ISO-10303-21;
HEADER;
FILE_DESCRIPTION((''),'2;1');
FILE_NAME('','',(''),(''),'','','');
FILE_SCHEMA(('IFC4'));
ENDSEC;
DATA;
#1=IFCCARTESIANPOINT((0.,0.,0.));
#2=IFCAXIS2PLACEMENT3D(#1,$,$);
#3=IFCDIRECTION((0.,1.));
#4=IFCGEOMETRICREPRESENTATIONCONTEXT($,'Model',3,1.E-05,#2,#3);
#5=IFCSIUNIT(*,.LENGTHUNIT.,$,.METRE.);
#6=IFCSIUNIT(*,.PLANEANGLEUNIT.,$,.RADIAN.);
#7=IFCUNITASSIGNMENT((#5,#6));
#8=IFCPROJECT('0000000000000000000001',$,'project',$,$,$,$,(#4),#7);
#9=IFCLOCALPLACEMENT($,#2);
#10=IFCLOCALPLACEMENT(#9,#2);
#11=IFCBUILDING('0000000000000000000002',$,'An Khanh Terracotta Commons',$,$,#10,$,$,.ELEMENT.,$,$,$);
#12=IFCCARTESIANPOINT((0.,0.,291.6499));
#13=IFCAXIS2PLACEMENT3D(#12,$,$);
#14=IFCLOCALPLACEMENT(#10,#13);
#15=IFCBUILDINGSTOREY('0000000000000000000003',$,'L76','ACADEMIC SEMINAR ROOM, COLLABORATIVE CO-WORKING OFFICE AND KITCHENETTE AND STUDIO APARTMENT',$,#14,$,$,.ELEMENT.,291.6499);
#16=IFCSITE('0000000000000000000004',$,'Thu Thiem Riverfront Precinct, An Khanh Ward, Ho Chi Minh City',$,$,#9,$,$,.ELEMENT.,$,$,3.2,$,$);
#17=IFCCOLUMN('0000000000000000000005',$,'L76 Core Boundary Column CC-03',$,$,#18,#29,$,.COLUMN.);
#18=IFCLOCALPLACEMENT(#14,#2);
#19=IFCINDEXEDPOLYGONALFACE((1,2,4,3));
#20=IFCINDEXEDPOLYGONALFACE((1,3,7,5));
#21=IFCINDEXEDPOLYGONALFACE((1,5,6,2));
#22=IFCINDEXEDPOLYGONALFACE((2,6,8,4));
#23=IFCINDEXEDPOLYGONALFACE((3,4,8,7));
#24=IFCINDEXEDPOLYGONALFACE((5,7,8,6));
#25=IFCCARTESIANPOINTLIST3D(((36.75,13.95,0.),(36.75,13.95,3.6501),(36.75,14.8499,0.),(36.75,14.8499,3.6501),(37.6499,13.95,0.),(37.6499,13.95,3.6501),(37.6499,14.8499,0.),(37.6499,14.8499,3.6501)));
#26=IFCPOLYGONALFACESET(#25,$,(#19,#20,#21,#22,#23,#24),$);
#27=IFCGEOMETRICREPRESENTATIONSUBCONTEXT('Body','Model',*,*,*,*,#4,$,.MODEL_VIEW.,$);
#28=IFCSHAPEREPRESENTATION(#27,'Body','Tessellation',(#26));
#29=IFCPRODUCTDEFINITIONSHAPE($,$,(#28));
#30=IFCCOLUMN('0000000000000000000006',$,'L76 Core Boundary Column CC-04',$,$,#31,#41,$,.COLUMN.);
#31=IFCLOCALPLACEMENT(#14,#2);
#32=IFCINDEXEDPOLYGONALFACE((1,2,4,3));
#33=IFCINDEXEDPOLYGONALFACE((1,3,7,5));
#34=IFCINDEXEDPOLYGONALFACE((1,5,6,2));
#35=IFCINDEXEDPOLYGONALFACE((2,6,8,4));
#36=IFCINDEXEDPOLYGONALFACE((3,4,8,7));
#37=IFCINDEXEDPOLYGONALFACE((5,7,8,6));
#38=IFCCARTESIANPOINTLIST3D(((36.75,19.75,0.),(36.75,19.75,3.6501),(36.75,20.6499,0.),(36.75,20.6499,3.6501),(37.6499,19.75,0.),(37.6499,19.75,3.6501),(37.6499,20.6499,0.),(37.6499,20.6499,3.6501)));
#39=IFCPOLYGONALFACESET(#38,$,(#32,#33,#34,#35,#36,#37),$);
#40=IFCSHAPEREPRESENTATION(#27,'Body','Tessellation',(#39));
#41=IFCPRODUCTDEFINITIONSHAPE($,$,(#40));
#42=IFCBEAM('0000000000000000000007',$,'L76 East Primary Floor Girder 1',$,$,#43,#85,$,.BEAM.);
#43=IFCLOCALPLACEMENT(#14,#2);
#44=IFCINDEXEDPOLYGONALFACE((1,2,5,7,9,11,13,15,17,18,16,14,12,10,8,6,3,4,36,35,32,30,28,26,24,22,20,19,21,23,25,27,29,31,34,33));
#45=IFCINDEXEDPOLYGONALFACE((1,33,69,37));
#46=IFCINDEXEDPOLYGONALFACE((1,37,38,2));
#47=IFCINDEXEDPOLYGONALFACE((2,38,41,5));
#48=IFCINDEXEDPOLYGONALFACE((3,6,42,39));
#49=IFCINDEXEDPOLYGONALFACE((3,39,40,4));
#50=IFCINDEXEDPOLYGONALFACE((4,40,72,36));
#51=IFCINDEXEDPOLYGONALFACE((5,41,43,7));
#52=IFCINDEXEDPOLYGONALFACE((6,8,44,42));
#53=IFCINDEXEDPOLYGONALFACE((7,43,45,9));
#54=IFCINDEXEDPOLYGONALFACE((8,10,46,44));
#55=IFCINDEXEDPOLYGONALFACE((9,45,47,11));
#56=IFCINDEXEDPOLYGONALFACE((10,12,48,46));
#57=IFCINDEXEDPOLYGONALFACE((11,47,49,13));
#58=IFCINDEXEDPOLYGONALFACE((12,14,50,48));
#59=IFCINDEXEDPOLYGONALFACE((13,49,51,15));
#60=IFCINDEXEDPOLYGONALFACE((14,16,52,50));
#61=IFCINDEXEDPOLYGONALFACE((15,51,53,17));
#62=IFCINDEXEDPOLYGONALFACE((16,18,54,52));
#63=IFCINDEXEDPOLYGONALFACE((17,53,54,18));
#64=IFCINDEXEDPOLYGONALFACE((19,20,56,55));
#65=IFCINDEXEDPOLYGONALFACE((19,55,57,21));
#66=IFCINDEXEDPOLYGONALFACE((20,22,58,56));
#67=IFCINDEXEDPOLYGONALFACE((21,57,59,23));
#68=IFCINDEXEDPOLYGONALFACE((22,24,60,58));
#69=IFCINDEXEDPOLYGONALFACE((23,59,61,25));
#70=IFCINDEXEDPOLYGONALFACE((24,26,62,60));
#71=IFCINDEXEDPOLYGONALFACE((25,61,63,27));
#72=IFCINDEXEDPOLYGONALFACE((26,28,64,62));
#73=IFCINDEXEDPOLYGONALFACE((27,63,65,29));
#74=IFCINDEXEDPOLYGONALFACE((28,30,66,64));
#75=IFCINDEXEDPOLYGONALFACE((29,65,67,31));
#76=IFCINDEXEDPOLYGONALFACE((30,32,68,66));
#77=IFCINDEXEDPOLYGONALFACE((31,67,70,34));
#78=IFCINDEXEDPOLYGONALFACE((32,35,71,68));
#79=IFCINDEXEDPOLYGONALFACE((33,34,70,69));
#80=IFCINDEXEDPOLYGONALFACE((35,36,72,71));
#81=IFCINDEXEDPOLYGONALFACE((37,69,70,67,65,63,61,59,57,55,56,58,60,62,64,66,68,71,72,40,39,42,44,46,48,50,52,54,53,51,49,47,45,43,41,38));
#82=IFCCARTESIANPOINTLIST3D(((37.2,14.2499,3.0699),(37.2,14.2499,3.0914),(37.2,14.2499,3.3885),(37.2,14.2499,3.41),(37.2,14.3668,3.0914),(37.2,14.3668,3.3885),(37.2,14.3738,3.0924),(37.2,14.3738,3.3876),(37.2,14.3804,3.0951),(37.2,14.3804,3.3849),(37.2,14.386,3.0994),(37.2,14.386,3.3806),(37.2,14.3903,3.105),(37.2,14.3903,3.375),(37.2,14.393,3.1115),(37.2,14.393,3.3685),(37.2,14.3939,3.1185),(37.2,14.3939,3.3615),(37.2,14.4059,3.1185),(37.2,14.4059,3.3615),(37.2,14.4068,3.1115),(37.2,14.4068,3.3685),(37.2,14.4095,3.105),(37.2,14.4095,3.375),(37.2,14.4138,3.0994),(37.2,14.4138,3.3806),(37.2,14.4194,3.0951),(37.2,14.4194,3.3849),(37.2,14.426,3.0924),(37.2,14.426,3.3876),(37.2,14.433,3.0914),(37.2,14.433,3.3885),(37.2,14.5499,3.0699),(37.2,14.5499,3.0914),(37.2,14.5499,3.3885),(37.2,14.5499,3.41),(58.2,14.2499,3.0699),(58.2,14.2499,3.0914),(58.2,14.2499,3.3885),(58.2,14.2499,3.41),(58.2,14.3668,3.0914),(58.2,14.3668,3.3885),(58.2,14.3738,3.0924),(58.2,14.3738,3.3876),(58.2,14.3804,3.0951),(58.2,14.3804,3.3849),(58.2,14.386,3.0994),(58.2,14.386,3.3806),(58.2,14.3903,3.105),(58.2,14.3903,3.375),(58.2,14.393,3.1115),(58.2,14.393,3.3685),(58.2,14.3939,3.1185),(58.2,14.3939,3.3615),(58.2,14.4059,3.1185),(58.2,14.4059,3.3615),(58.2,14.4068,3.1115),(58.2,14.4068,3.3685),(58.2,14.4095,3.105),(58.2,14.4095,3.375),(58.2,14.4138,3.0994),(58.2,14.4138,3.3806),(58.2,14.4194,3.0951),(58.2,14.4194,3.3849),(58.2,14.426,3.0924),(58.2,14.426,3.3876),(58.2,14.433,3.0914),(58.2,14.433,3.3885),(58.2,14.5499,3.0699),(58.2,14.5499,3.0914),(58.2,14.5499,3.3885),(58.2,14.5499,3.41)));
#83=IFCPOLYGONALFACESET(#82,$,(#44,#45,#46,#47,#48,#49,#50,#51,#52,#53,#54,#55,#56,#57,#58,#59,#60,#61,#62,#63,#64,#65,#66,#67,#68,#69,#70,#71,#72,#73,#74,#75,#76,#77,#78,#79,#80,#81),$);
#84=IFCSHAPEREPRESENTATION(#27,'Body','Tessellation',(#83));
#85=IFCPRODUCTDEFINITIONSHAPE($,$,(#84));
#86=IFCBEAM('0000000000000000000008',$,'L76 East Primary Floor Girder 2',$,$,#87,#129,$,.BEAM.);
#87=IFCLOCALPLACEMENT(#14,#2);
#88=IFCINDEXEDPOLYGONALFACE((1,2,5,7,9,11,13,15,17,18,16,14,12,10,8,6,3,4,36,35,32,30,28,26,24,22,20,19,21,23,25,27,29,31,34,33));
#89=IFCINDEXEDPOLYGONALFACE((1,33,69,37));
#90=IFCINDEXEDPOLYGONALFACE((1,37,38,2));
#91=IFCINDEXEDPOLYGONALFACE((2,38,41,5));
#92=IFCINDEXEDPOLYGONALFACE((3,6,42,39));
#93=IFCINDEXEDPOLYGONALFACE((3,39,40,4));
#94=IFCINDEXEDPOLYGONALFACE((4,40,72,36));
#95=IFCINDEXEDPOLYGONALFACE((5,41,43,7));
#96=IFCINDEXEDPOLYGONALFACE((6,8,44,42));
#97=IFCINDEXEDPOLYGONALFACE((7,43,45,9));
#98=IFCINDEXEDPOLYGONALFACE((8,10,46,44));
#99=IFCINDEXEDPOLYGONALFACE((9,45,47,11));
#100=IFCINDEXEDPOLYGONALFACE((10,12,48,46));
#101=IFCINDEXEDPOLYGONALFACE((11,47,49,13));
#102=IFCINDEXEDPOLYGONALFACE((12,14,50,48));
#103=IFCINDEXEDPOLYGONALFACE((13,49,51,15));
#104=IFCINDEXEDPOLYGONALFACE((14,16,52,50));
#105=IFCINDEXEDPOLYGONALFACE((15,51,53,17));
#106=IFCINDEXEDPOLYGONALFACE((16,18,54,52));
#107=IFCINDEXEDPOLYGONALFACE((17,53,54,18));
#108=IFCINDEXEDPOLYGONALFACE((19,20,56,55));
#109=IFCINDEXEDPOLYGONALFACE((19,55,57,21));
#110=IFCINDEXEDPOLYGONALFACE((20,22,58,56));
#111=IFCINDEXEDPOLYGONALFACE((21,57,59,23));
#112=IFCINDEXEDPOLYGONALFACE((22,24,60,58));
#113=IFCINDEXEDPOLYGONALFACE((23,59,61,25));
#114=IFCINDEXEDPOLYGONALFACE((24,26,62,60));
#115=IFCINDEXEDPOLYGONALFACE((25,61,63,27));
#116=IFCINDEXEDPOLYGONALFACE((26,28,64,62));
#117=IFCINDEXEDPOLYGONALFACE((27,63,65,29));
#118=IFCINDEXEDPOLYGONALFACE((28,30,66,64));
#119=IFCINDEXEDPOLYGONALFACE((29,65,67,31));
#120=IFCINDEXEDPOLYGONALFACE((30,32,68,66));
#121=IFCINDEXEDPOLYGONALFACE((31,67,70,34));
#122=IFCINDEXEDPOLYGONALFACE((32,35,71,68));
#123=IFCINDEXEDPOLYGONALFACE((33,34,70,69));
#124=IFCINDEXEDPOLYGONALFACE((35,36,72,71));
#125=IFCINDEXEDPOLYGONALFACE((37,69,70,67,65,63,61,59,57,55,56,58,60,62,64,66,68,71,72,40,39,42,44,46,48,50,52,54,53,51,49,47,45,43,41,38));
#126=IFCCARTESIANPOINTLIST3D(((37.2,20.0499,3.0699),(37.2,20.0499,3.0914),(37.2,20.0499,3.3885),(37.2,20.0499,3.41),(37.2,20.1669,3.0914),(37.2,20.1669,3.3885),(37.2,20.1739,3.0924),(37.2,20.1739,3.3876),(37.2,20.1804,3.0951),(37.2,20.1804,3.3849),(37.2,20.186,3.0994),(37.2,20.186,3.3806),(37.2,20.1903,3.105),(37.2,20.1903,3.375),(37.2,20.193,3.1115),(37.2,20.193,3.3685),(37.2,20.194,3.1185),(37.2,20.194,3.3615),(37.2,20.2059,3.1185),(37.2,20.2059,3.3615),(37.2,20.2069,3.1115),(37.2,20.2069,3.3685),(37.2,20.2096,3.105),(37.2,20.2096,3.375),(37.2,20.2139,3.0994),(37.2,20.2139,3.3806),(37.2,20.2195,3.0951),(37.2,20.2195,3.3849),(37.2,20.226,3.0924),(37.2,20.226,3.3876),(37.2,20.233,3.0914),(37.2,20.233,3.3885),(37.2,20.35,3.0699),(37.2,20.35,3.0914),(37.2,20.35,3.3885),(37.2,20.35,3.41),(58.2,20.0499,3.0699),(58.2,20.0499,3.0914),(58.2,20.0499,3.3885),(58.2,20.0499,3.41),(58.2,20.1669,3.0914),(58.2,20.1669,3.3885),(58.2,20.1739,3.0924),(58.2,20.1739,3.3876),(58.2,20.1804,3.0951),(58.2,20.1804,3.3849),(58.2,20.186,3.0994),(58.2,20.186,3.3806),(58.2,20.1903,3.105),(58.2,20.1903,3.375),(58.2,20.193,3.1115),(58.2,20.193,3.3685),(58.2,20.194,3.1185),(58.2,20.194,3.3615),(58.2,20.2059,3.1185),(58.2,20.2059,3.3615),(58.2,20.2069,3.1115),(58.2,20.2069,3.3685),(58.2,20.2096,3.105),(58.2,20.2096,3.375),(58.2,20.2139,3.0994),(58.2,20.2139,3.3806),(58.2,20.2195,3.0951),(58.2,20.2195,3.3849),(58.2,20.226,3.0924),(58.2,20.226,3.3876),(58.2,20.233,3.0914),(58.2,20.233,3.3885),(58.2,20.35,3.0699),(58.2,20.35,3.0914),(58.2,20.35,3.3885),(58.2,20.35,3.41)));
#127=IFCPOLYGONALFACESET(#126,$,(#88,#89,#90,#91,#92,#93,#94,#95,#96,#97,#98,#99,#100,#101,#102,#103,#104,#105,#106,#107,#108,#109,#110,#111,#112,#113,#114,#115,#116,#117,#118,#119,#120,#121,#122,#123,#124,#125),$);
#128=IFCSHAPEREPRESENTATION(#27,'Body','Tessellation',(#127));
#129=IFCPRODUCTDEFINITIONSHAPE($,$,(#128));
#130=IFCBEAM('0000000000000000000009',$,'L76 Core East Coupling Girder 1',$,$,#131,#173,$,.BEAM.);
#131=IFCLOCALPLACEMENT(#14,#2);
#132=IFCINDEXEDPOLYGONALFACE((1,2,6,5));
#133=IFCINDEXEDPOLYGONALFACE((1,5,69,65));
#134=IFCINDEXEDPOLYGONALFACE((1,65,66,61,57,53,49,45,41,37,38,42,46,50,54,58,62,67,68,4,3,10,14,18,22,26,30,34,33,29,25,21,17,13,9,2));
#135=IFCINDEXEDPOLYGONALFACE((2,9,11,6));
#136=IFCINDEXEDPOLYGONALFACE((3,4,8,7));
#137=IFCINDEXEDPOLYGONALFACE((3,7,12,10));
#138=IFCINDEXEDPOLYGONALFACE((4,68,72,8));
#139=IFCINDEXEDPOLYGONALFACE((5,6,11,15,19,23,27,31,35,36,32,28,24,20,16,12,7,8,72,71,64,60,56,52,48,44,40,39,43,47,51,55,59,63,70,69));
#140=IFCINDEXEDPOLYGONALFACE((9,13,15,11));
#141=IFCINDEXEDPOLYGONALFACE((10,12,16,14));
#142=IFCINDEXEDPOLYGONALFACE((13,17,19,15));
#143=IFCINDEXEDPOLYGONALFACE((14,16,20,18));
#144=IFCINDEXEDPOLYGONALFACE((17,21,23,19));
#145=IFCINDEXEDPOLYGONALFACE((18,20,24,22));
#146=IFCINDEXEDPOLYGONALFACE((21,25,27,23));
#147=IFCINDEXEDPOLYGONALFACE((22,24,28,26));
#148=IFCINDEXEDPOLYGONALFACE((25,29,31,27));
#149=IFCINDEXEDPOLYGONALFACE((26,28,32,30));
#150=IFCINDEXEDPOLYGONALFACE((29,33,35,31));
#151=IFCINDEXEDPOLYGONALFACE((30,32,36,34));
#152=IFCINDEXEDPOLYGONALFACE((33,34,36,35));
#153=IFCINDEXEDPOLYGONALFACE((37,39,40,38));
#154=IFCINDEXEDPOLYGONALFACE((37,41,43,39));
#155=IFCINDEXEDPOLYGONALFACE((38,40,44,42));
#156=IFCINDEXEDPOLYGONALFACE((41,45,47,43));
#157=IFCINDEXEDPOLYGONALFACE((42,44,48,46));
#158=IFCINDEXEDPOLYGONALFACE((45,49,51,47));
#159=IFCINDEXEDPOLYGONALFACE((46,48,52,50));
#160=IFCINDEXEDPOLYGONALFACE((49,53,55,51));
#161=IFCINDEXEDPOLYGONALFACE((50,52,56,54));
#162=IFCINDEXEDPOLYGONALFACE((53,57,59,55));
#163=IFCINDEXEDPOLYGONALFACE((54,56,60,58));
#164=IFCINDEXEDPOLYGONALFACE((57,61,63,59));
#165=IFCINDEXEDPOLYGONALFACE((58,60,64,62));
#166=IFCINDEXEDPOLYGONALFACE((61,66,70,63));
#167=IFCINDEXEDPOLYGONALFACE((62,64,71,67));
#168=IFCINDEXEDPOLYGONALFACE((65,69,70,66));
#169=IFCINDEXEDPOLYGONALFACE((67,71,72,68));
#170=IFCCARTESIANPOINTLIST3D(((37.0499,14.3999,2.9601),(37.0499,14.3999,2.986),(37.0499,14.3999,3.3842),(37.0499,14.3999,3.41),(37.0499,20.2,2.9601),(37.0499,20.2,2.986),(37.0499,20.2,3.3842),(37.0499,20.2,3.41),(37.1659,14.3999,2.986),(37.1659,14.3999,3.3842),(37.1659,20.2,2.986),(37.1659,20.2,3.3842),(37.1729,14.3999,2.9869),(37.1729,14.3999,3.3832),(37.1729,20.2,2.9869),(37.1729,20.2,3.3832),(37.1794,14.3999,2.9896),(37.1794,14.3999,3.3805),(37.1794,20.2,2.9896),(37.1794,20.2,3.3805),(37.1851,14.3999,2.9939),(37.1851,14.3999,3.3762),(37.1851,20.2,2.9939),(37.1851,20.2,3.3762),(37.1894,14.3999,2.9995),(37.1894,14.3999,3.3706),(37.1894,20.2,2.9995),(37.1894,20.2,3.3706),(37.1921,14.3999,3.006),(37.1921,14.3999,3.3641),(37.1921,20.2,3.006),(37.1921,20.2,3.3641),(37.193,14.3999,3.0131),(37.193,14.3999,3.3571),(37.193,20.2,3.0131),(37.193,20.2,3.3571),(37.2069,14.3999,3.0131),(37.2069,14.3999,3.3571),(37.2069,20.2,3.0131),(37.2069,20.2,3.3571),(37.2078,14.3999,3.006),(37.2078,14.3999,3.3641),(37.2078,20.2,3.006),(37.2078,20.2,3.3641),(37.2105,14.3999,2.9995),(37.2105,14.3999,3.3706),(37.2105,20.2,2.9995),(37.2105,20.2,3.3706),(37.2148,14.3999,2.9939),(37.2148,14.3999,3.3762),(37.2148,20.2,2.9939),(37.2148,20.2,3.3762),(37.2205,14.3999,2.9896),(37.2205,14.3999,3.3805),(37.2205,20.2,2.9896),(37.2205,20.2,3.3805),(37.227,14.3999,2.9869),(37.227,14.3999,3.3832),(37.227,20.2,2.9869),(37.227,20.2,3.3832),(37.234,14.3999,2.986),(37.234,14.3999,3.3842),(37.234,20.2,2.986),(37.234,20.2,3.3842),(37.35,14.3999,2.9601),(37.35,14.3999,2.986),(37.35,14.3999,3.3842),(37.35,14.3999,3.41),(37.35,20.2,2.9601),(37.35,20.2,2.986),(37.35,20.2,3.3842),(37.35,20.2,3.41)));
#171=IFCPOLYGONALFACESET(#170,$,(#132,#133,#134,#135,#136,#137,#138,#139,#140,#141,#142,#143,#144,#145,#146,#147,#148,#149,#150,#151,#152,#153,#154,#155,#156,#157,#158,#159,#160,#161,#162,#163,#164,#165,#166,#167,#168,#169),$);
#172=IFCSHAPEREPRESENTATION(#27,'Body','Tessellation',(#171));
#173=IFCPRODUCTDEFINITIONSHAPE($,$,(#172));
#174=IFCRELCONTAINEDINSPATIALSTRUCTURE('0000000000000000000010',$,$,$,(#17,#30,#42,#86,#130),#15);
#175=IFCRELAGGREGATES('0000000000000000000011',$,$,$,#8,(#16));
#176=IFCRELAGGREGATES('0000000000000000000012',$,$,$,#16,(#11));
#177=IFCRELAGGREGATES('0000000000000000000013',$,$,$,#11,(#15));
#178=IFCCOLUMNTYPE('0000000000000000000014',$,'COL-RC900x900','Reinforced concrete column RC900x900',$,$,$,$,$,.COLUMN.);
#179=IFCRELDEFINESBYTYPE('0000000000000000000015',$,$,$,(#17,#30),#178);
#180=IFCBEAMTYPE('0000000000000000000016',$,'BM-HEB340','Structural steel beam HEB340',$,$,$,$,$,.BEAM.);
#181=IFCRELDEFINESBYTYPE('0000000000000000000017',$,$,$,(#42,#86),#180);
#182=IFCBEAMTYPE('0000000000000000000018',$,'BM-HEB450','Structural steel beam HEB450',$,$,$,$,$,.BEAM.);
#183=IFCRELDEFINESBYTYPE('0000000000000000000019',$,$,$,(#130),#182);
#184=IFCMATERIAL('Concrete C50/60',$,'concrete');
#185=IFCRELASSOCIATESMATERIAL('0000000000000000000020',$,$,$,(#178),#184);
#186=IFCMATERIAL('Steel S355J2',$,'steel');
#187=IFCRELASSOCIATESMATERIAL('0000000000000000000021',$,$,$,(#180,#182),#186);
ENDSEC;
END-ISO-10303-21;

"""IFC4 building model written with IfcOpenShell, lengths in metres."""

from ifc_helpers import new_model, si_unit, direction, frame, origin, origin_2d, place, context, subcontext, project, spatial, rectangle, i_section, extrude, material, material_profile, profile_set, type_object, element, save


model = new_model("IFC4")

# Units and contexts
model_context = context("Model", 3, precision=1e-05, world=origin(), true_north=direction((0.0, 1.0)))
body_context = subcontext(model_context, "Body", "Model", "MODEL_VIEW")
ifc_project = project(units=[si_unit("LENGTHUNIT", "METRE"), si_unit("PLANEANGLEUNIT", "RADIAN")], contexts=[model_context])

# Site, building, storey
site_placement = place(None, origin())
site = spatial("IfcSite", under=ifc_project, at=site_placement, Name="Thu Thiem Riverfront Precinct, An Khanh Ward, Ho Chi Minh City", CompositionType="ELEMENT", RefElevation=3.2)
building_placement = place(site_placement, origin())
building = spatial("IfcBuilding", under=site, at=building_placement, Name="An Khanh Terracotta Commons", CompositionType="ELEMENT")
storey_placement = place(building_placement, frame((0.0, 0.0, 291.6499)))
storey = spatial("IfcBuildingStorey", under=building, at=storey_placement, Name="L76", Description="ACADEMIC SEMINAR ROOM, COLLABORATIVE CO-WORKING OFFICE AND KITCHENETTE AND STUDIO APARTMENT", CompositionType="ELEMENT", Elevation=291.6499)

# Columns
ifc_material_1 = material(Name="Concrete C50/60", Category="concrete")
ifc_material_profile_1 = material_profile(ifc_material_1, rectangle(XDim=0.8999, YDim=0.8999, at=origin_2d()), Name="RC900x900")
ifc_profile_set_1 = profile_set([ifc_material_profile_1], Name="Concrete C50/60")
column_type = type_object("IfcColumnType", Name="COL-RC900x900", Description="Reinforced concrete column RC900x900", PredefinedType="COLUMN", material=ifc_profile_set_1)
for number, where, z_axis, x_axis, name in (
    (1, (37.2, 14.3999, 0.0), (0.0, 0.0, 1.0), (1.0, 0.0, 0.0), "L76 Core Boundary Column CC-03"),
    (2, (37.2, 20.2, 0.0), (0.0, 0.0, 1.0), (1.0, 0.0, 0.0), "L76 Core Boundary Column CC-04"),
):
    element("IfcColumn", number, at=place(storey_placement, frame(where, z_axis=z_axis, x_axis=x_axis)), inside=storey, type_object=column_type, Name=name, PredefinedType="COLUMN", context=body_context, shape_type="SweptSolid", body=[
        extrude(rectangle(XDim=0.8999, YDim=0.8999, at=origin_2d()), origin(), (0.0, 0.0, 1.0), 3.6501),
    ])

# Beams
ifc_material_2 = material(Name="Steel S355J2", Category="steel")
ifc_material_profile_2 = material_profile(ifc_material_2, i_section(OverallWidth=0.3, OverallDepth=0.3401, WebThickness=0.012, FlangeThickness=0.0215, FilletRadius=0.0271, at=origin_2d()), Name="HEB340")
ifc_profile_set_2 = profile_set([ifc_material_profile_2], Name="Steel S355J2")
beam_type_1 = type_object("IfcBeamType", Name="BM-HEB340", Description="Structural steel beam HEB340", PredefinedType="BEAM", material=ifc_profile_set_2)
for number, where, z_axis, x_axis, name in (
    (3, (37.2, 14.3999, 3.24), (1.0, 0.0, 0.0), (0.0, 1.0, 0.0), "L76 East Primary Floor Girder 1"),
    (4, (37.2, 20.2, 3.24), (1.0, 0.0, 0.0), (0.0, 1.0, 0.0), "L76 East Primary Floor Girder 2"),
):
    element("IfcBeam", number, at=place(storey_placement, frame(where, z_axis=z_axis, x_axis=x_axis)), inside=storey, type_object=beam_type_1, Name=name, PredefinedType="BEAM", context=body_context, shape_type="SweptSolid", body=[
        extrude(i_section(OverallWidth=0.3, OverallDepth=0.3401, WebThickness=0.012, FlangeThickness=0.0215, FilletRadius=0.0271, at=origin_2d()), origin(), (0.0, 0.0, 1.0), 21.0),
    ])
ifc_material_profile_3 = material_profile(ifc_material_2, i_section(OverallWidth=0.3, OverallDepth=0.45, WebThickness=0.0139, FlangeThickness=0.0259, FilletRadius=0.0271, at=origin_2d()), Name="HEB450")
ifc_profile_set_3 = profile_set([ifc_material_profile_3], Name="Steel S355J2")
beam_type_2 = type_object("IfcBeamType", Name="BM-HEB450", Description="Structural steel beam HEB450", PredefinedType="BEAM", material=ifc_profile_set_3)
beam_1_placement = place(storey_placement, frame((37.2, 14.3999, 3.1851), z_axis=(0.0, 1.0, 0.0), x_axis=(-1.0, 0.0, 0.0)))
element("IfcBeam", 5, at=beam_1_placement, inside=storey, type_object=beam_type_2, Name="L76 Core East Coupling Girder 1", PredefinedType="BEAM", context=body_context, shape_type="SweptSolid", body=[
    extrude(i_section(OverallWidth=0.3, OverallDepth=0.45, WebThickness=0.0139, FlangeThickness=0.0259, FilletRadius=0.0271, at=origin_2d()), origin(), (0.0, 0.0, 1.0), 5.8),
])

save(model, "model.ifc")
